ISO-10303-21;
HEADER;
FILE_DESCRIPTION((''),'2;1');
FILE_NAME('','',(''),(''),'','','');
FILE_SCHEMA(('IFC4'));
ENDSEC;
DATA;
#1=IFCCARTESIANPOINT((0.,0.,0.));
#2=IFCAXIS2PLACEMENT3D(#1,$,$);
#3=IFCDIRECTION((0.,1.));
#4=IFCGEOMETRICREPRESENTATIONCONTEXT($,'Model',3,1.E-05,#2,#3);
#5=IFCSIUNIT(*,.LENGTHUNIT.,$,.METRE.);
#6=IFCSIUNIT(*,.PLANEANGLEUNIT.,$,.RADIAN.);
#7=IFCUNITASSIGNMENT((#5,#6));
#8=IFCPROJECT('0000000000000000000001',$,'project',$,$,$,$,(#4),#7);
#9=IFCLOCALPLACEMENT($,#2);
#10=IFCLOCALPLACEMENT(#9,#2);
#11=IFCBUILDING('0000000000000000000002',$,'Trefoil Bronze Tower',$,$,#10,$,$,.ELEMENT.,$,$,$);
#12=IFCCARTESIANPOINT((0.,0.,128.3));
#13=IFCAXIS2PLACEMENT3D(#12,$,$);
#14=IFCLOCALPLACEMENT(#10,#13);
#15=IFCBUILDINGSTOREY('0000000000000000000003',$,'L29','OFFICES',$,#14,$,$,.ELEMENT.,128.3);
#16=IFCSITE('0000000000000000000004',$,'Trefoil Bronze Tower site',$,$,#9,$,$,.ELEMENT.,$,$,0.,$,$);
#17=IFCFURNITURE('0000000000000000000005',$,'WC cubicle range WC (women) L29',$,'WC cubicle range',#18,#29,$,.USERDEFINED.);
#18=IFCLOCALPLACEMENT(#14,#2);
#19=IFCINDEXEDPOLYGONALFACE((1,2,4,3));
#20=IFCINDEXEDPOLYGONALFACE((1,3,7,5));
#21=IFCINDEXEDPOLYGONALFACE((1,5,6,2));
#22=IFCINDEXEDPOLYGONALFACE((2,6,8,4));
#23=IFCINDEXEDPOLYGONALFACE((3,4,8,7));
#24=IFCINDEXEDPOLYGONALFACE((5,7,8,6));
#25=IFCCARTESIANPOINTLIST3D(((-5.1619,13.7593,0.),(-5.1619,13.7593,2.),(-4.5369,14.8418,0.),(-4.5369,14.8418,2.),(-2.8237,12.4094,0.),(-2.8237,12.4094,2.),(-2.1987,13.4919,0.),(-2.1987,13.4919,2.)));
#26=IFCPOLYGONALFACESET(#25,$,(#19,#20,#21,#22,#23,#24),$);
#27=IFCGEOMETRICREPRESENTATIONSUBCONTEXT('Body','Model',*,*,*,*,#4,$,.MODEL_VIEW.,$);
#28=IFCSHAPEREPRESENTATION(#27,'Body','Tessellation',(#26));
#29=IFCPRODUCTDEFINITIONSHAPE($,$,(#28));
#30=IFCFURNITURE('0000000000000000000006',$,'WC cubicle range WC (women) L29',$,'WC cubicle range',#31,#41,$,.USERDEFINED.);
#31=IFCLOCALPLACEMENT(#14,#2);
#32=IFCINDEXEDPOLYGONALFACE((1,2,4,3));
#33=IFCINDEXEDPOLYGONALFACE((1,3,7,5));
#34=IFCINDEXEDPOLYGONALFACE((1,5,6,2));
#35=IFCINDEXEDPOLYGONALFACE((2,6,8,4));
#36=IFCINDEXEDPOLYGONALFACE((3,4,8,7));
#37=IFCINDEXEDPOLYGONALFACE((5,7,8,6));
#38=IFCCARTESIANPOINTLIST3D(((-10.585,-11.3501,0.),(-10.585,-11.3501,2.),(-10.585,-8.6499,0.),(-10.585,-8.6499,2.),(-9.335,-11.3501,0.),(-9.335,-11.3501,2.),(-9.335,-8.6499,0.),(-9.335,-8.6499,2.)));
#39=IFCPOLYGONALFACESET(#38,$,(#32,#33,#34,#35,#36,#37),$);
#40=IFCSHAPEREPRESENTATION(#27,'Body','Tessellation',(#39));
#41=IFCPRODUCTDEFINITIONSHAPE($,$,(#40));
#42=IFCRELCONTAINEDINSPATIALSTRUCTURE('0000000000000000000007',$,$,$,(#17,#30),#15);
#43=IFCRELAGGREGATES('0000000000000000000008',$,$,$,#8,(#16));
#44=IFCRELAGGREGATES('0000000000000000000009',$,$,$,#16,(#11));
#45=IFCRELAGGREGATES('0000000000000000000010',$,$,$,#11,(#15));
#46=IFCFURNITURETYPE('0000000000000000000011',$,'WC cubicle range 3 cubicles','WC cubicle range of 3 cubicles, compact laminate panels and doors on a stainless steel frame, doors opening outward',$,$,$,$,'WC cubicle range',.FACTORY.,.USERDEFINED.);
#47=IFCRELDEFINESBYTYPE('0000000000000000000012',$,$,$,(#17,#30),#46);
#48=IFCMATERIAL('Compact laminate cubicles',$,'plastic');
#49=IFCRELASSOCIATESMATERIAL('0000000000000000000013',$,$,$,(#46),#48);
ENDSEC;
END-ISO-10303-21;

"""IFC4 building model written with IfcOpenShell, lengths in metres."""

from ifc_helpers import new_model, si_unit, direction, frame, origin, place, context, subcontext, project, spatial, polyline, outline, extrude, material, type_object, element, save


model = new_model("IFC4")

# Units and contexts
model_context = context("Model", 3, precision=1e-05, world=origin(), true_north=direction((0.0, 1.0)))
body_context = subcontext(model_context, "Body", "Model", "MODEL_VIEW")
ifc_project = project(units=[si_unit("LENGTHUNIT", "METRE"), si_unit("PLANEANGLEUNIT", "RADIAN")], contexts=[model_context])

# Site, building, storey
site_placement = place(None, origin())
site = spatial("IfcSite", under=ifc_project, at=site_placement, Name="Trefoil Bronze Tower site", CompositionType="ELEMENT", RefElevation=0.0)
building_placement = place(site_placement, origin())
building = spatial("IfcBuilding", under=site, at=building_placement, Name="Trefoil Bronze Tower", CompositionType="ELEMENT")
storey_placement = place(building_placement, frame((0.0, 0.0, 128.3)))
storey = spatial("IfcBuildingStorey", under=building, at=storey_placement, Name="L29", Description="OFFICES", CompositionType="ELEMENT", Elevation=128.3)

# Furniture
ifc_material_1 = material(Name="Compact laminate cubicles", Category="plastic")
furniture_type_1 = type_object("IfcFurnitureType", Name="WC cubicle range 3 cubicles", Description="WC cubicle range of 3 cubicles, compact laminate panels and doors on a stainless steel frame, doors opening outward", ElementType="WC cubicle range", AssemblyPlace="FACTORY", PredefinedType="USERDEFINED", material=ifc_material_1)
furniture_1_placement = place(storey_placement, origin())
element("IfcFurniture", 1, at=furniture_1_placement, inside=storey, type_object=furniture_type_1, Name="WC cubicle range WC (women) L29", ObjectType="WC cubicle range", PredefinedType="USERDEFINED", context=body_context, shape_type="SweptSolid", body=[
    extrude(outline(polyline([(-2.8237, 12.4094), (-2.1987, 13.4919), (-4.5369, 14.8418), (-5.1619, 13.7593), (-2.8237, 12.4094)])), origin(), (0.0, 0.0, 1.0), 2.0),
])
furniture_2_placement = place(storey_placement, origin())
element("IfcFurniture", 2, at=furniture_2_placement, inside=storey, type_object=furniture_type_1, Name="WC cubicle range WC (women) L29", ObjectType="WC cubicle range", PredefinedType="USERDEFINED", context=body_context, shape_type="SweptSolid", body=[
    extrude(outline(polyline([(-9.335, -8.6499), (-10.585, -8.6499), (-10.585, -11.3501), (-9.335, -11.3501), (-9.335, -8.6499)])), origin(), (0.0, 0.0, 1.0), 2.0),
])

save(model, "model.ifc")
